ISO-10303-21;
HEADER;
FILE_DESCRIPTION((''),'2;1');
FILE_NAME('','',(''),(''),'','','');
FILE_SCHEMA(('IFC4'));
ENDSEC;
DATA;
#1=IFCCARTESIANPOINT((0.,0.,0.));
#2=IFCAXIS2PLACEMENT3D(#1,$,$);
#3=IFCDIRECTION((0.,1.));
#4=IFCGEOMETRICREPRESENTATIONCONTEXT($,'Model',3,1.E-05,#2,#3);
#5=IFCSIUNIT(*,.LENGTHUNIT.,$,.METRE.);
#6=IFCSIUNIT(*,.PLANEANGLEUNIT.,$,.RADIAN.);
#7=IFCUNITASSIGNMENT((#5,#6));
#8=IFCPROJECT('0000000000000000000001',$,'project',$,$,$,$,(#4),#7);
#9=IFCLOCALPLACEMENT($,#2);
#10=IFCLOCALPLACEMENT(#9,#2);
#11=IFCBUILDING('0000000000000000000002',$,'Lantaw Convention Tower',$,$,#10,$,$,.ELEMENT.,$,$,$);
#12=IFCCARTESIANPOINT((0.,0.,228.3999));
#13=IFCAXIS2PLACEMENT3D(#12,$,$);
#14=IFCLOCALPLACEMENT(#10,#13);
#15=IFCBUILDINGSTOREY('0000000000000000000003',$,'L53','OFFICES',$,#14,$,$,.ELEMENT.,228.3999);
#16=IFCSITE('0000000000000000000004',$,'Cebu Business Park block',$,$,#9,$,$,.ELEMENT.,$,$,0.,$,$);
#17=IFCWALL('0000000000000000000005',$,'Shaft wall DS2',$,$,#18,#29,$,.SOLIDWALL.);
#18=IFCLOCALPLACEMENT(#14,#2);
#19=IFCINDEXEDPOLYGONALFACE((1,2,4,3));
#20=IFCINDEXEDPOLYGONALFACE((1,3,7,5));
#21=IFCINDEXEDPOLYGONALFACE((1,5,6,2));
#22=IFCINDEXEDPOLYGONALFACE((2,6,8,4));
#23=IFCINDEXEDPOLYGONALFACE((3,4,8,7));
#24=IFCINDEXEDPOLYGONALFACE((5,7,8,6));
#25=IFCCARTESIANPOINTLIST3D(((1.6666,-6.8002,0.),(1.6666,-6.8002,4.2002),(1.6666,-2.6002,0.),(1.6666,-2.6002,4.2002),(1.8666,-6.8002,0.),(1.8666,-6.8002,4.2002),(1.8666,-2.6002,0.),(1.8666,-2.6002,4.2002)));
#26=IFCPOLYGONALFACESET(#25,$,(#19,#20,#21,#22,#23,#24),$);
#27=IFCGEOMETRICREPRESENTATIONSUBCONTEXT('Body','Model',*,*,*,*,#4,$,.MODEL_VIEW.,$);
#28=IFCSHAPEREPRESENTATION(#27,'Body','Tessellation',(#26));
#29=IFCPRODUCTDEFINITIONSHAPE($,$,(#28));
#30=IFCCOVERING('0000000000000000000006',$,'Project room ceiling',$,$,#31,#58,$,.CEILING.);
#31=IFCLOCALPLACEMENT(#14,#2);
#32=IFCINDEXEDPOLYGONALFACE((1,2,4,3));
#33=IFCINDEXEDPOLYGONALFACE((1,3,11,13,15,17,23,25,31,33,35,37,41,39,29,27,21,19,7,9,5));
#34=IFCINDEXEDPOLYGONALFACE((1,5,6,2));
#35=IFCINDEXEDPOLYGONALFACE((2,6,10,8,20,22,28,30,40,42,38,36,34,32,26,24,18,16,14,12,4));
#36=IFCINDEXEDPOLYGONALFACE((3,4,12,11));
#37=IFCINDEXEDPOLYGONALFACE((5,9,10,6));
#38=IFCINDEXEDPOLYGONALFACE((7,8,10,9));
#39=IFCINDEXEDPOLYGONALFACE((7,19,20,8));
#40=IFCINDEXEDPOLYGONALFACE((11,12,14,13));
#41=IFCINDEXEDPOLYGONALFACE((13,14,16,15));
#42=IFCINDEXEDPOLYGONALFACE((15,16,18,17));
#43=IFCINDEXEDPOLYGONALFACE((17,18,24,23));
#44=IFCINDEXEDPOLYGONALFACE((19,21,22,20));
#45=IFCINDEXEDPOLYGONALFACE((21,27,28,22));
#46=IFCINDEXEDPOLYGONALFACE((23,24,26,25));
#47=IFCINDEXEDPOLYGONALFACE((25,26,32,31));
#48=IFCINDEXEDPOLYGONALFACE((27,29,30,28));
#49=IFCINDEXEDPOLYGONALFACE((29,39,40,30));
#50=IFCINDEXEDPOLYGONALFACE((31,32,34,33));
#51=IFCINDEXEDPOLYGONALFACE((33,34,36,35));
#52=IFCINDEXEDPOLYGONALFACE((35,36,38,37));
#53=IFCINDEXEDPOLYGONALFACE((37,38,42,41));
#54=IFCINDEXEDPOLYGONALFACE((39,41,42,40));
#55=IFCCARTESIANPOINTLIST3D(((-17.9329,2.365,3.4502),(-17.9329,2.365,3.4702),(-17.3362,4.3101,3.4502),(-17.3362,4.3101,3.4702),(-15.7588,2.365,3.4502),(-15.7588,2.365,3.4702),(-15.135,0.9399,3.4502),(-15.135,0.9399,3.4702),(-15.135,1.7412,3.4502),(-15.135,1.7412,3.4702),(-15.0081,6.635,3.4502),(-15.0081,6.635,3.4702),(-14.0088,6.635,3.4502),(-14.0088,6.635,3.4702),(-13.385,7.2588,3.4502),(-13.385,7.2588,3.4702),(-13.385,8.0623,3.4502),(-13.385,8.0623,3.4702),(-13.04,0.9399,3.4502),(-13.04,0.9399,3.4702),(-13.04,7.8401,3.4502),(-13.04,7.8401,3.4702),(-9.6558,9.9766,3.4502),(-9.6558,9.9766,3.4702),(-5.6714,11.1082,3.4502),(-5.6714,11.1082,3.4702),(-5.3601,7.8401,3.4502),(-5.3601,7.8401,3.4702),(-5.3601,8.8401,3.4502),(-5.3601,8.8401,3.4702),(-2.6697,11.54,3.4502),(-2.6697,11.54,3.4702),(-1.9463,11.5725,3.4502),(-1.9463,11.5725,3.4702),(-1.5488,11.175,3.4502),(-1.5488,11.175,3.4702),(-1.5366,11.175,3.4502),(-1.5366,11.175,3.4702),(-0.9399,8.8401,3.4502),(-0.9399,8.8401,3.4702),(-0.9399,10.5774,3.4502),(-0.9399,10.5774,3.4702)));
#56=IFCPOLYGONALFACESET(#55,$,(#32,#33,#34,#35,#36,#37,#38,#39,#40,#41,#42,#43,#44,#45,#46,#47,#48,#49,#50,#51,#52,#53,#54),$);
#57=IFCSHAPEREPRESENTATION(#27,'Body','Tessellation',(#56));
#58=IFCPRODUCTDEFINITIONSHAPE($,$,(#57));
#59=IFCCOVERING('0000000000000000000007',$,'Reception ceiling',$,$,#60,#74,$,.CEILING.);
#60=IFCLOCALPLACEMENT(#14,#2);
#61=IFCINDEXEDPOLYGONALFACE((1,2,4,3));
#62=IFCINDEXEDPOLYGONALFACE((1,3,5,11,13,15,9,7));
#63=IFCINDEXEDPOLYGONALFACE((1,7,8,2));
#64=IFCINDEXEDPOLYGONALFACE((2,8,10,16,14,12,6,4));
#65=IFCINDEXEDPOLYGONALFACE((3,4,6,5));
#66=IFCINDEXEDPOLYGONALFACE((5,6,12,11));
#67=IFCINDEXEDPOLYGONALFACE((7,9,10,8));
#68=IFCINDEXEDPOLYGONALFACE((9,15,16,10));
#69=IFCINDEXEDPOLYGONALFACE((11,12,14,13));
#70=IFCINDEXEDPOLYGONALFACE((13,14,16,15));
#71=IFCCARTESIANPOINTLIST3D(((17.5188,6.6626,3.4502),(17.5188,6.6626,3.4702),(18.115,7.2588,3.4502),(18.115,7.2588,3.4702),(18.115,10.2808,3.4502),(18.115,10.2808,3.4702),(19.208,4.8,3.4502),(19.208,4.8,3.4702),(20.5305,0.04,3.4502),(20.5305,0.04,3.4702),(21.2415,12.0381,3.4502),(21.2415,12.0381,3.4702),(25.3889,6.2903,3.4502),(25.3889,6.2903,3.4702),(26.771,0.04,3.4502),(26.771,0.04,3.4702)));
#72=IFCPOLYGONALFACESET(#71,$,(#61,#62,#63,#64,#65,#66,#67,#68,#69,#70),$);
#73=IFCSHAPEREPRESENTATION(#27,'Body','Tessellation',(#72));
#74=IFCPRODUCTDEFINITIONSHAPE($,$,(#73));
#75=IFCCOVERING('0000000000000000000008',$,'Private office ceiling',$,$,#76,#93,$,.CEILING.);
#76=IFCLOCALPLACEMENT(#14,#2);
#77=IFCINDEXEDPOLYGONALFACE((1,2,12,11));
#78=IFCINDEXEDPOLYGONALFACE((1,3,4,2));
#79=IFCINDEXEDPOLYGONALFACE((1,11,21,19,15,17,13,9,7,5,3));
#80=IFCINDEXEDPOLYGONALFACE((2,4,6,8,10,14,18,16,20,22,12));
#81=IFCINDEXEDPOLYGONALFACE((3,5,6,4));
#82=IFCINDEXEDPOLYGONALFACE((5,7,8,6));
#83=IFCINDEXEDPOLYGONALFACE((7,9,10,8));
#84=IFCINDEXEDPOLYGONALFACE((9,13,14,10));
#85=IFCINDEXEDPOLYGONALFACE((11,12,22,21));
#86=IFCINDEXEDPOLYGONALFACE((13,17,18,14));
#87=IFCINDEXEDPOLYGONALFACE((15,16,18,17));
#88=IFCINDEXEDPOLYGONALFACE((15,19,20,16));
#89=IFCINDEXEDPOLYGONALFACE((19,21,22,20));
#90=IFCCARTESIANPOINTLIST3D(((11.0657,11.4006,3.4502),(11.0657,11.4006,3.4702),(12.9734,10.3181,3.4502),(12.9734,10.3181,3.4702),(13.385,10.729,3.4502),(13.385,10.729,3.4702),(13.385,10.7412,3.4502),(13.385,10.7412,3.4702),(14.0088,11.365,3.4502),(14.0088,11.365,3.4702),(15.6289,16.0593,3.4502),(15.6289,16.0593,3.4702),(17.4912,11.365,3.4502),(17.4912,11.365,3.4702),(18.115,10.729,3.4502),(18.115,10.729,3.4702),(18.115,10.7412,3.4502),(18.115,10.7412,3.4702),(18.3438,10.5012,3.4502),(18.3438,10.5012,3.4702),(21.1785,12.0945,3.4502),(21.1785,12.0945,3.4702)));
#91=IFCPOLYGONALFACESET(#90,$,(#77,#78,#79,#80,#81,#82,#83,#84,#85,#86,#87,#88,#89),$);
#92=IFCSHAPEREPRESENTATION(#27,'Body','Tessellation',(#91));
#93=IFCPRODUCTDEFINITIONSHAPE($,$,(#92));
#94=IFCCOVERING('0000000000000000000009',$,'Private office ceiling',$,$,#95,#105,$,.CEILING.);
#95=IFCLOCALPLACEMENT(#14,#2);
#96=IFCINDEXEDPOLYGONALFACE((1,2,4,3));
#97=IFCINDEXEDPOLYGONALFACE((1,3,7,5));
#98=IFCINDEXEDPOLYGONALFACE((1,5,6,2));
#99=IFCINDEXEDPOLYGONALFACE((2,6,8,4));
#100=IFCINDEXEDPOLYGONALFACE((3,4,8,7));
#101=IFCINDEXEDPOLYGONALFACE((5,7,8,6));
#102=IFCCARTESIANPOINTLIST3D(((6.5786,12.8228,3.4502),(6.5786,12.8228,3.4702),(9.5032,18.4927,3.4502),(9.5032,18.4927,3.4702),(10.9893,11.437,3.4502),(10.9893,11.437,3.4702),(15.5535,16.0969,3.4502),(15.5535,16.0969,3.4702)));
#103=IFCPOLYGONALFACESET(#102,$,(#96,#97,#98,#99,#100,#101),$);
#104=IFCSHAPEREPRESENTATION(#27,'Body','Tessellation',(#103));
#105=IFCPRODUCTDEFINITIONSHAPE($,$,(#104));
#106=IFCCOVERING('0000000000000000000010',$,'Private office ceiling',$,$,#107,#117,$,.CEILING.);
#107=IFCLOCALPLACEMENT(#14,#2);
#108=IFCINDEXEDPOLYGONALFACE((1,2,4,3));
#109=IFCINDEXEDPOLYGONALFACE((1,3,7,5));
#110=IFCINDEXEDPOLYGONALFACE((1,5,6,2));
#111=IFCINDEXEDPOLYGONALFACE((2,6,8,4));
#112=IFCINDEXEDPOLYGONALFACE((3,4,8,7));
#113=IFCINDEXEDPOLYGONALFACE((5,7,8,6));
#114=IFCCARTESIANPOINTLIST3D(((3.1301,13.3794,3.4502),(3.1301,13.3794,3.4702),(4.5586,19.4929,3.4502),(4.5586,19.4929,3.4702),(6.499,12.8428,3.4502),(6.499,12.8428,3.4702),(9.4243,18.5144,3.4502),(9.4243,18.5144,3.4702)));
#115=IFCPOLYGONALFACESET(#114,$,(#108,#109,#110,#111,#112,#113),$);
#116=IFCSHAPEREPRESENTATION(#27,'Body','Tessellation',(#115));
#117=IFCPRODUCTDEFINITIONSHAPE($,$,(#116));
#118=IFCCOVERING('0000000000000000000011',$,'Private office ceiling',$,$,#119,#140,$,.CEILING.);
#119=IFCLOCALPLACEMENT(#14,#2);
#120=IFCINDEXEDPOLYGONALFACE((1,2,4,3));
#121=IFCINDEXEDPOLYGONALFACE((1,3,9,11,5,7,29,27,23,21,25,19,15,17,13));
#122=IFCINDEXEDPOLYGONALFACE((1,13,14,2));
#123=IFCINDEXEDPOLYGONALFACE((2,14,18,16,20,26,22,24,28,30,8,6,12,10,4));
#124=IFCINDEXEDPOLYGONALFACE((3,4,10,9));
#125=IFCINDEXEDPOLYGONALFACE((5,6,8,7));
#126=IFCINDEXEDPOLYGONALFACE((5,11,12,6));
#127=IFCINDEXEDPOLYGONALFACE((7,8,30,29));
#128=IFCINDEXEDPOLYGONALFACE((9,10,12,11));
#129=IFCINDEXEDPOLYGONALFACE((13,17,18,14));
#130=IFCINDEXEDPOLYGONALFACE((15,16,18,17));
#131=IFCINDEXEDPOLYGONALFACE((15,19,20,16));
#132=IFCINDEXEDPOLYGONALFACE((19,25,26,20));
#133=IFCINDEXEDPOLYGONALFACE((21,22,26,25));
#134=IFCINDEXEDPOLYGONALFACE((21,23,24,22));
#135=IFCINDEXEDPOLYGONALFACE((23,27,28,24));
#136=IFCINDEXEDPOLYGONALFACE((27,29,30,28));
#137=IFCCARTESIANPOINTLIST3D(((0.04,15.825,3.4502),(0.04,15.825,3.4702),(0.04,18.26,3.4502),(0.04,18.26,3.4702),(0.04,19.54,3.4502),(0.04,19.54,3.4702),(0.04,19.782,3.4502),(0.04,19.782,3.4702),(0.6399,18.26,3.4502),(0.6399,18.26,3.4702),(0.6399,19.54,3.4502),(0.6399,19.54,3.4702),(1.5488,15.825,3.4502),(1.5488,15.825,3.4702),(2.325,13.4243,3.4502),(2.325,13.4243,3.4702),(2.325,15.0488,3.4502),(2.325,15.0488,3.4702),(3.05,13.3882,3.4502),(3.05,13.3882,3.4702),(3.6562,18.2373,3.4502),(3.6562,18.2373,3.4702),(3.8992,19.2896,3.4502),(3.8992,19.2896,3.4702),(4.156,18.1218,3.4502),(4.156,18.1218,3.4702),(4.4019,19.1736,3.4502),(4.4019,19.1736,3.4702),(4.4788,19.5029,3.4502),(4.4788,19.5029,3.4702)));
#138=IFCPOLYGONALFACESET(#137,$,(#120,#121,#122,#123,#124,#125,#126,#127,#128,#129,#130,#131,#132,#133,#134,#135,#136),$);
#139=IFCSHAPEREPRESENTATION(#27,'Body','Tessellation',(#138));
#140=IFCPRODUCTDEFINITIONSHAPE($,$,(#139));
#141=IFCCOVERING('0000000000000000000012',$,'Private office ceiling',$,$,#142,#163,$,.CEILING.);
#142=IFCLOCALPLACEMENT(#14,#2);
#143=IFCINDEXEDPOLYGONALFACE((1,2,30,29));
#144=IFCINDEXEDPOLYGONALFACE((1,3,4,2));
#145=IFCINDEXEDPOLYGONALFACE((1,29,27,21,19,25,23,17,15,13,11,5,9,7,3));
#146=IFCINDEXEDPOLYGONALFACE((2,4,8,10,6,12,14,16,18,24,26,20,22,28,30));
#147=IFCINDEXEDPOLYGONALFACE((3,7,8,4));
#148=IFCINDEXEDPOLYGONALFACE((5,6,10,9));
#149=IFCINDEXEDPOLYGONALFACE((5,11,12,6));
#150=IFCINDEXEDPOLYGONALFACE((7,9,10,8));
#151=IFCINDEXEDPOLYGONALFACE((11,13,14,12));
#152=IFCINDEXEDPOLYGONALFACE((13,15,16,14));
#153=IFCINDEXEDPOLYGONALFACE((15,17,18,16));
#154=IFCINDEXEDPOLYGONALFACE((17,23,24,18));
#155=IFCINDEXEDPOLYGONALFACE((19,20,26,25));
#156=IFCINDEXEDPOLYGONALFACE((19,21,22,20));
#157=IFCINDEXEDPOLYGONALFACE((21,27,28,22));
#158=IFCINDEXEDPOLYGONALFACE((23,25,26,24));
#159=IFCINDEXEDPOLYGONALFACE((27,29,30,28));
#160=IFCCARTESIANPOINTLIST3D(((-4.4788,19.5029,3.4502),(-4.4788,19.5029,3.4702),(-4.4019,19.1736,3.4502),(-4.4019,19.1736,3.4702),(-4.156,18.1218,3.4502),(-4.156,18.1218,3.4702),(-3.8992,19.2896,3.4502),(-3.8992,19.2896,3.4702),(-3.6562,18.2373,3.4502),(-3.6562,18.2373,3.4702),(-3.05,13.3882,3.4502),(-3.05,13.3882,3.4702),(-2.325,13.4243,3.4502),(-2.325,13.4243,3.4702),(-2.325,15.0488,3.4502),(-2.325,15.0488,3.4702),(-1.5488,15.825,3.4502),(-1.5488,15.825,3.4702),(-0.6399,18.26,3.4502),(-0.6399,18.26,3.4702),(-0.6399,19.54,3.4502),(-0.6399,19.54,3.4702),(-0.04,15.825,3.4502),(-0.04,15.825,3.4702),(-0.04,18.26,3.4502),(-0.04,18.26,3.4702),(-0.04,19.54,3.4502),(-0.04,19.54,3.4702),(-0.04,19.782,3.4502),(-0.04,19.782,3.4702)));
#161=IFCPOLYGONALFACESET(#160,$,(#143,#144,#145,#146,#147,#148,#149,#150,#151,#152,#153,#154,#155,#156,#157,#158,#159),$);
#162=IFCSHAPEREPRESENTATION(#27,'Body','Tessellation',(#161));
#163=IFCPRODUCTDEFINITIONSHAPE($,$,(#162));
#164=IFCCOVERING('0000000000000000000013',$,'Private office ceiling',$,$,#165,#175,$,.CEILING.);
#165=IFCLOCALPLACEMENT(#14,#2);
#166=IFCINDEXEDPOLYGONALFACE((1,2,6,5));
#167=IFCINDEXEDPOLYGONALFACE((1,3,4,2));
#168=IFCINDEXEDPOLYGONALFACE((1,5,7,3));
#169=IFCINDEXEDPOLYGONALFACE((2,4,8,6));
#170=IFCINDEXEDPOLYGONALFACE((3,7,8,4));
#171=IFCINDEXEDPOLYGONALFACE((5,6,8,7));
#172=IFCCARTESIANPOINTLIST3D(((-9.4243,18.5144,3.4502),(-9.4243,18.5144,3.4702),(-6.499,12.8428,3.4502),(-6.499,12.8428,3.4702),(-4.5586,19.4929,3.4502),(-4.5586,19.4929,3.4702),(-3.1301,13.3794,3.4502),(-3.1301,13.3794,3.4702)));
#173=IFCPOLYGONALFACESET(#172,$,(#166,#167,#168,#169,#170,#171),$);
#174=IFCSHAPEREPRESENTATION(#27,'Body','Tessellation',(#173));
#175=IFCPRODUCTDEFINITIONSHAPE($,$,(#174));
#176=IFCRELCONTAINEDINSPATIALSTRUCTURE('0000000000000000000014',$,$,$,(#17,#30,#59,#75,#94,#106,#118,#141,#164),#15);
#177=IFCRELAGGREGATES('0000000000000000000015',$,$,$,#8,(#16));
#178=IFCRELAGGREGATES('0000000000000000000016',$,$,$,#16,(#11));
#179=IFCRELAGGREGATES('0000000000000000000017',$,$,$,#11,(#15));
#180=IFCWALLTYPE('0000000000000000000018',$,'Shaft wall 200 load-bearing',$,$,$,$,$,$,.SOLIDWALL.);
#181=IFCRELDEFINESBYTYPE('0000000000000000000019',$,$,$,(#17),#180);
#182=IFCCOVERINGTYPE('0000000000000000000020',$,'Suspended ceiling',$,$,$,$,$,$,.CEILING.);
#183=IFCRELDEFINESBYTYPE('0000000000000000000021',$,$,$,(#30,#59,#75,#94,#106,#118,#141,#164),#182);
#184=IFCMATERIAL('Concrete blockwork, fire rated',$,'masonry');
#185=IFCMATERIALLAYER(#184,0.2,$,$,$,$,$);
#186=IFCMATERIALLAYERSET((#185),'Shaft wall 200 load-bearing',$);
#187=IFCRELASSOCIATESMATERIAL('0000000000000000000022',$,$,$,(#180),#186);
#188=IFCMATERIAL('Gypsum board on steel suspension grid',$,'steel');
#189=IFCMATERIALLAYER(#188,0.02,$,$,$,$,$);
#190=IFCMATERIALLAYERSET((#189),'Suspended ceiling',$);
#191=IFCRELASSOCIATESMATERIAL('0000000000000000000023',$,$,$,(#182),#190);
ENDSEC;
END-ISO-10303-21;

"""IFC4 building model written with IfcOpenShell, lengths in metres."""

from ifc_helpers import new_model, si_unit, direction, frame, frame_2d, origin, place, context, subcontext, project, spatial, polyline, rectangle, outline, extrude, material, layer, layer_set, type_object, element, save


model = new_model("IFC4")

# Units and contexts
model_context = context("Model", 3, precision=1e-05, world=origin(), true_north=direction((0.0, 1.0)))
body_context = subcontext(model_context, "Body", "Model", "MODEL_VIEW")
ifc_project = project(units=[si_unit("LENGTHUNIT", "METRE"), si_unit("PLANEANGLEUNIT", "RADIAN")], contexts=[model_context])

# Site, building, storey
site_placement = place(None, origin())
site = spatial("IfcSite", under=ifc_project, at=site_placement, Name="Cebu Business Park block", CompositionType="ELEMENT", RefElevation=0.0)
building_placement = place(site_placement, origin())
building = spatial("IfcBuilding", under=site, at=building_placement, Name="Lantaw Convention Tower", CompositionType="ELEMENT")
storey_placement = place(building_placement, frame((0.0, 0.0, 228.3999)))
storey = spatial("IfcBuildingStorey", under=building, at=storey_placement, Name="L53", Description="OFFICES", CompositionType="ELEMENT", Elevation=228.3999)

# Wall
ifc_material_1 = material(Name="Concrete blockwork, fire rated", Category="masonry")
ifc_layer_1 = layer(ifc_material_1, 0.2)
ifc_layer_set_1 = layer_set([ifc_layer_1], Name="Shaft wall 200 load-bearing")
wall_type = type_object("IfcWallType", Name="Shaft wall 200 load-bearing", PredefinedType="SOLIDWALL", material=ifc_layer_set_1)
wall_placement = place(storey_placement, frame((1.7666, -2.6001, 0.0), z_axis=(0.0, 0.0, 1.0), x_axis=(0.0, -1.0, 0.0)))
element("IfcWall", 1, at=wall_placement, inside=storey, type_object=wall_type, Name="Shaft wall DS2", PredefinedType="SOLIDWALL", context=body_context, shape_type="SweptSolid", body=[
    extrude(rectangle(XDim=4.2, YDim=0.2, at=frame_2d((2.1001, 0.0))), origin(), (0.0, 0.0, 1.0), 4.2002),
])

# Coverings
ifc_material_2 = material(Name="Gypsum board on steel suspension grid", Category="steel")
ifc_layer_2 = layer(ifc_material_2, 0.02)
ifc_layer_set_2 = layer_set([ifc_layer_2], Name="Suspended ceiling")
covering_type = type_object("IfcCoveringType", Name="Suspended ceiling", PredefinedType="CEILING", material=ifc_layer_set_2)
covering_1_placement = place(storey_placement, frame((0.0, 0.0, 3.4502)))
element("IfcCovering", 2, at=covering_1_placement, inside=storey, type_object=covering_type, Name="Project room ceiling", PredefinedType="CEILING", context=body_context, shape_type="SweptSolid", body=[
    extrude(outline(polyline([(-15.7588, 2.365), (-15.135, 1.7412), (-15.135, 0.9399), (-13.04, 0.9399), (-13.04, 7.8401), (-5.3601, 7.8401), (-5.3601, 8.8401), (-0.9399, 8.8401), (-0.9399, 10.5774), (-1.5366, 11.175), (-1.5488, 11.175), (-1.9463, 11.5725), (-2.6697, 11.54), (-5.6714, 11.1082), (-9.6558, 9.9766), (-13.385, 8.0623), (-13.385, 7.2588), (-14.0088, 6.635), (-15.0081, 6.635), (-17.3362, 4.3101), (-17.9329, 2.365), (-15.7588, 2.365)])), origin(), (0.0, 0.0, 1.0), 0.02),
])
covering_2_placement = place(storey_placement, frame((0.0, 0.0, 3.4502)))
element("IfcCovering", 3, at=covering_2_placement, inside=storey, type_object=covering_type, Name="Reception ceiling", PredefinedType="CEILING", context=body_context, shape_type="SweptSolid", body=[
    extrude(outline(polyline([(17.5188, 6.6626), (19.208, 4.8), (20.5305, 0.04), (26.771, 0.04), (25.3889, 6.2903), (21.2415, 12.0381), (18.115, 10.2808), (18.115, 7.2588), (17.5188, 6.6626)])), origin(), (0.0, 0.0, 1.0), 0.02),
])
covering_3_placement = place(storey_placement, frame((0.0, 0.0, 3.4502)))
element("IfcCovering", 4, at=covering_3_placement, inside=storey, type_object=covering_type, Name="Private office ceiling", PredefinedType="CEILING", context=body_context, shape_type="SweptSolid", body=[
    extrude(outline(polyline([(13.385, 10.729), (13.385, 10.7412), (14.0088, 11.365), (17.4912, 11.365), (18.115, 10.7412), (18.115, 10.729), (18.3438, 10.5012), (21.1785, 12.0945), (15.6289, 16.0593), (11.0657, 11.4006), (12.9734, 10.3181), (13.385, 10.729)])), origin(), (0.0, 0.0, 1.0), 0.02),
])
covering_4_placement = place(storey_placement, frame((0.0, 0.0, 3.4502)))
element("IfcCovering", 5, at=covering_4_placement, inside=storey, type_object=covering_type, Name="Private office ceiling", PredefinedType="CEILING", context=body_context, shape_type="SweptSolid", body=[
    extrude(outline(polyline([(10.9893, 11.437), (15.5535, 16.0969), (9.5032, 18.4927), (6.5786, 12.8228), (10.9893, 11.437)])), origin(), (0.0, 0.0, 1.0), 0.02),
])
covering_5_placement = place(storey_placement, frame((0.0, 0.0, 3.4502)))
element("IfcCovering", 6, at=covering_5_placement, inside=storey, type_object=covering_type, Name="Private office ceiling", PredefinedType="CEILING", context=body_context, shape_type="SweptSolid", body=[
    extrude(outline(polyline([(6.499, 12.8428), (9.4243, 18.5144), (4.5586, 19.4929), (3.1301, 13.3794), (6.499, 12.8428)])), origin(), (0.0, 0.0, 1.0), 0.02),
])
covering_6_placement = place(storey_placement, frame((0.0, 0.0, 3.4502)))
element("IfcCovering", 7, at=covering_6_placement, inside=storey, type_object=covering_type, Name="Private office ceiling", PredefinedType="CEILING", context=body_context, shape_type="SweptSolid", body=[
    extrude(outline(polyline([(2.325, 15.0488), (2.325, 13.4243), (3.05, 13.3882), (4.156, 18.1218), (3.6562, 18.2373), (3.8992, 19.2896), (4.4019, 19.1736), (4.4788, 19.5029), (0.04, 19.782), (0.04, 19.54), (0.6399, 19.54), (0.6399, 18.26), (0.04, 18.26), (0.04, 15.825), (1.5488, 15.825), (2.325, 15.0488)])), origin(), (0.0, 0.0, 1.0), 0.02),
])
covering_7_placement = place(storey_placement, frame((0.0, 0.0, 3.4502)))
element("IfcCovering", 8, at=covering_7_placement, inside=storey, type_object=covering_type, Name="Private office ceiling", PredefinedType="CEILING", context=body_context, shape_type="SweptSolid", body=[
    extrude(outline(polyline([(-4.156, 18.1218), (-3.05, 13.3882), (-2.325, 13.4243), (-2.325, 15.0488), (-1.5488, 15.825), (-0.04, 15.825), (-0.04, 18.26), (-0.6399, 18.26), (-0.6399, 19.54), (-0.04, 19.54), (-0.04, 19.782), (-4.4788, 19.5029), (-4.4019, 19.1736), (-3.8992, 19.2896), (-3.6562, 18.2373), (-4.156, 18.1218)])), origin(), (0.0, 0.0, 1.0), 0.02),
])
covering_8_placement = place(storey_placement, frame((0.0, 0.0, 3.4502)))
element("IfcCovering", 9, at=covering_8_placement, inside=storey, type_object=covering_type, Name="Private office ceiling", PredefinedType="CEILING", context=body_context, shape_type="SweptSolid", body=[
    extrude(outline(polyline([(-3.1301, 13.3794), (-4.5586, 19.4929), (-9.4243, 18.5144), (-6.499, 12.8428), (-3.1301, 13.3794)])), origin(), (0.0, 0.0, 1.0), 0.02),
])

save(model, "model.ifc")
